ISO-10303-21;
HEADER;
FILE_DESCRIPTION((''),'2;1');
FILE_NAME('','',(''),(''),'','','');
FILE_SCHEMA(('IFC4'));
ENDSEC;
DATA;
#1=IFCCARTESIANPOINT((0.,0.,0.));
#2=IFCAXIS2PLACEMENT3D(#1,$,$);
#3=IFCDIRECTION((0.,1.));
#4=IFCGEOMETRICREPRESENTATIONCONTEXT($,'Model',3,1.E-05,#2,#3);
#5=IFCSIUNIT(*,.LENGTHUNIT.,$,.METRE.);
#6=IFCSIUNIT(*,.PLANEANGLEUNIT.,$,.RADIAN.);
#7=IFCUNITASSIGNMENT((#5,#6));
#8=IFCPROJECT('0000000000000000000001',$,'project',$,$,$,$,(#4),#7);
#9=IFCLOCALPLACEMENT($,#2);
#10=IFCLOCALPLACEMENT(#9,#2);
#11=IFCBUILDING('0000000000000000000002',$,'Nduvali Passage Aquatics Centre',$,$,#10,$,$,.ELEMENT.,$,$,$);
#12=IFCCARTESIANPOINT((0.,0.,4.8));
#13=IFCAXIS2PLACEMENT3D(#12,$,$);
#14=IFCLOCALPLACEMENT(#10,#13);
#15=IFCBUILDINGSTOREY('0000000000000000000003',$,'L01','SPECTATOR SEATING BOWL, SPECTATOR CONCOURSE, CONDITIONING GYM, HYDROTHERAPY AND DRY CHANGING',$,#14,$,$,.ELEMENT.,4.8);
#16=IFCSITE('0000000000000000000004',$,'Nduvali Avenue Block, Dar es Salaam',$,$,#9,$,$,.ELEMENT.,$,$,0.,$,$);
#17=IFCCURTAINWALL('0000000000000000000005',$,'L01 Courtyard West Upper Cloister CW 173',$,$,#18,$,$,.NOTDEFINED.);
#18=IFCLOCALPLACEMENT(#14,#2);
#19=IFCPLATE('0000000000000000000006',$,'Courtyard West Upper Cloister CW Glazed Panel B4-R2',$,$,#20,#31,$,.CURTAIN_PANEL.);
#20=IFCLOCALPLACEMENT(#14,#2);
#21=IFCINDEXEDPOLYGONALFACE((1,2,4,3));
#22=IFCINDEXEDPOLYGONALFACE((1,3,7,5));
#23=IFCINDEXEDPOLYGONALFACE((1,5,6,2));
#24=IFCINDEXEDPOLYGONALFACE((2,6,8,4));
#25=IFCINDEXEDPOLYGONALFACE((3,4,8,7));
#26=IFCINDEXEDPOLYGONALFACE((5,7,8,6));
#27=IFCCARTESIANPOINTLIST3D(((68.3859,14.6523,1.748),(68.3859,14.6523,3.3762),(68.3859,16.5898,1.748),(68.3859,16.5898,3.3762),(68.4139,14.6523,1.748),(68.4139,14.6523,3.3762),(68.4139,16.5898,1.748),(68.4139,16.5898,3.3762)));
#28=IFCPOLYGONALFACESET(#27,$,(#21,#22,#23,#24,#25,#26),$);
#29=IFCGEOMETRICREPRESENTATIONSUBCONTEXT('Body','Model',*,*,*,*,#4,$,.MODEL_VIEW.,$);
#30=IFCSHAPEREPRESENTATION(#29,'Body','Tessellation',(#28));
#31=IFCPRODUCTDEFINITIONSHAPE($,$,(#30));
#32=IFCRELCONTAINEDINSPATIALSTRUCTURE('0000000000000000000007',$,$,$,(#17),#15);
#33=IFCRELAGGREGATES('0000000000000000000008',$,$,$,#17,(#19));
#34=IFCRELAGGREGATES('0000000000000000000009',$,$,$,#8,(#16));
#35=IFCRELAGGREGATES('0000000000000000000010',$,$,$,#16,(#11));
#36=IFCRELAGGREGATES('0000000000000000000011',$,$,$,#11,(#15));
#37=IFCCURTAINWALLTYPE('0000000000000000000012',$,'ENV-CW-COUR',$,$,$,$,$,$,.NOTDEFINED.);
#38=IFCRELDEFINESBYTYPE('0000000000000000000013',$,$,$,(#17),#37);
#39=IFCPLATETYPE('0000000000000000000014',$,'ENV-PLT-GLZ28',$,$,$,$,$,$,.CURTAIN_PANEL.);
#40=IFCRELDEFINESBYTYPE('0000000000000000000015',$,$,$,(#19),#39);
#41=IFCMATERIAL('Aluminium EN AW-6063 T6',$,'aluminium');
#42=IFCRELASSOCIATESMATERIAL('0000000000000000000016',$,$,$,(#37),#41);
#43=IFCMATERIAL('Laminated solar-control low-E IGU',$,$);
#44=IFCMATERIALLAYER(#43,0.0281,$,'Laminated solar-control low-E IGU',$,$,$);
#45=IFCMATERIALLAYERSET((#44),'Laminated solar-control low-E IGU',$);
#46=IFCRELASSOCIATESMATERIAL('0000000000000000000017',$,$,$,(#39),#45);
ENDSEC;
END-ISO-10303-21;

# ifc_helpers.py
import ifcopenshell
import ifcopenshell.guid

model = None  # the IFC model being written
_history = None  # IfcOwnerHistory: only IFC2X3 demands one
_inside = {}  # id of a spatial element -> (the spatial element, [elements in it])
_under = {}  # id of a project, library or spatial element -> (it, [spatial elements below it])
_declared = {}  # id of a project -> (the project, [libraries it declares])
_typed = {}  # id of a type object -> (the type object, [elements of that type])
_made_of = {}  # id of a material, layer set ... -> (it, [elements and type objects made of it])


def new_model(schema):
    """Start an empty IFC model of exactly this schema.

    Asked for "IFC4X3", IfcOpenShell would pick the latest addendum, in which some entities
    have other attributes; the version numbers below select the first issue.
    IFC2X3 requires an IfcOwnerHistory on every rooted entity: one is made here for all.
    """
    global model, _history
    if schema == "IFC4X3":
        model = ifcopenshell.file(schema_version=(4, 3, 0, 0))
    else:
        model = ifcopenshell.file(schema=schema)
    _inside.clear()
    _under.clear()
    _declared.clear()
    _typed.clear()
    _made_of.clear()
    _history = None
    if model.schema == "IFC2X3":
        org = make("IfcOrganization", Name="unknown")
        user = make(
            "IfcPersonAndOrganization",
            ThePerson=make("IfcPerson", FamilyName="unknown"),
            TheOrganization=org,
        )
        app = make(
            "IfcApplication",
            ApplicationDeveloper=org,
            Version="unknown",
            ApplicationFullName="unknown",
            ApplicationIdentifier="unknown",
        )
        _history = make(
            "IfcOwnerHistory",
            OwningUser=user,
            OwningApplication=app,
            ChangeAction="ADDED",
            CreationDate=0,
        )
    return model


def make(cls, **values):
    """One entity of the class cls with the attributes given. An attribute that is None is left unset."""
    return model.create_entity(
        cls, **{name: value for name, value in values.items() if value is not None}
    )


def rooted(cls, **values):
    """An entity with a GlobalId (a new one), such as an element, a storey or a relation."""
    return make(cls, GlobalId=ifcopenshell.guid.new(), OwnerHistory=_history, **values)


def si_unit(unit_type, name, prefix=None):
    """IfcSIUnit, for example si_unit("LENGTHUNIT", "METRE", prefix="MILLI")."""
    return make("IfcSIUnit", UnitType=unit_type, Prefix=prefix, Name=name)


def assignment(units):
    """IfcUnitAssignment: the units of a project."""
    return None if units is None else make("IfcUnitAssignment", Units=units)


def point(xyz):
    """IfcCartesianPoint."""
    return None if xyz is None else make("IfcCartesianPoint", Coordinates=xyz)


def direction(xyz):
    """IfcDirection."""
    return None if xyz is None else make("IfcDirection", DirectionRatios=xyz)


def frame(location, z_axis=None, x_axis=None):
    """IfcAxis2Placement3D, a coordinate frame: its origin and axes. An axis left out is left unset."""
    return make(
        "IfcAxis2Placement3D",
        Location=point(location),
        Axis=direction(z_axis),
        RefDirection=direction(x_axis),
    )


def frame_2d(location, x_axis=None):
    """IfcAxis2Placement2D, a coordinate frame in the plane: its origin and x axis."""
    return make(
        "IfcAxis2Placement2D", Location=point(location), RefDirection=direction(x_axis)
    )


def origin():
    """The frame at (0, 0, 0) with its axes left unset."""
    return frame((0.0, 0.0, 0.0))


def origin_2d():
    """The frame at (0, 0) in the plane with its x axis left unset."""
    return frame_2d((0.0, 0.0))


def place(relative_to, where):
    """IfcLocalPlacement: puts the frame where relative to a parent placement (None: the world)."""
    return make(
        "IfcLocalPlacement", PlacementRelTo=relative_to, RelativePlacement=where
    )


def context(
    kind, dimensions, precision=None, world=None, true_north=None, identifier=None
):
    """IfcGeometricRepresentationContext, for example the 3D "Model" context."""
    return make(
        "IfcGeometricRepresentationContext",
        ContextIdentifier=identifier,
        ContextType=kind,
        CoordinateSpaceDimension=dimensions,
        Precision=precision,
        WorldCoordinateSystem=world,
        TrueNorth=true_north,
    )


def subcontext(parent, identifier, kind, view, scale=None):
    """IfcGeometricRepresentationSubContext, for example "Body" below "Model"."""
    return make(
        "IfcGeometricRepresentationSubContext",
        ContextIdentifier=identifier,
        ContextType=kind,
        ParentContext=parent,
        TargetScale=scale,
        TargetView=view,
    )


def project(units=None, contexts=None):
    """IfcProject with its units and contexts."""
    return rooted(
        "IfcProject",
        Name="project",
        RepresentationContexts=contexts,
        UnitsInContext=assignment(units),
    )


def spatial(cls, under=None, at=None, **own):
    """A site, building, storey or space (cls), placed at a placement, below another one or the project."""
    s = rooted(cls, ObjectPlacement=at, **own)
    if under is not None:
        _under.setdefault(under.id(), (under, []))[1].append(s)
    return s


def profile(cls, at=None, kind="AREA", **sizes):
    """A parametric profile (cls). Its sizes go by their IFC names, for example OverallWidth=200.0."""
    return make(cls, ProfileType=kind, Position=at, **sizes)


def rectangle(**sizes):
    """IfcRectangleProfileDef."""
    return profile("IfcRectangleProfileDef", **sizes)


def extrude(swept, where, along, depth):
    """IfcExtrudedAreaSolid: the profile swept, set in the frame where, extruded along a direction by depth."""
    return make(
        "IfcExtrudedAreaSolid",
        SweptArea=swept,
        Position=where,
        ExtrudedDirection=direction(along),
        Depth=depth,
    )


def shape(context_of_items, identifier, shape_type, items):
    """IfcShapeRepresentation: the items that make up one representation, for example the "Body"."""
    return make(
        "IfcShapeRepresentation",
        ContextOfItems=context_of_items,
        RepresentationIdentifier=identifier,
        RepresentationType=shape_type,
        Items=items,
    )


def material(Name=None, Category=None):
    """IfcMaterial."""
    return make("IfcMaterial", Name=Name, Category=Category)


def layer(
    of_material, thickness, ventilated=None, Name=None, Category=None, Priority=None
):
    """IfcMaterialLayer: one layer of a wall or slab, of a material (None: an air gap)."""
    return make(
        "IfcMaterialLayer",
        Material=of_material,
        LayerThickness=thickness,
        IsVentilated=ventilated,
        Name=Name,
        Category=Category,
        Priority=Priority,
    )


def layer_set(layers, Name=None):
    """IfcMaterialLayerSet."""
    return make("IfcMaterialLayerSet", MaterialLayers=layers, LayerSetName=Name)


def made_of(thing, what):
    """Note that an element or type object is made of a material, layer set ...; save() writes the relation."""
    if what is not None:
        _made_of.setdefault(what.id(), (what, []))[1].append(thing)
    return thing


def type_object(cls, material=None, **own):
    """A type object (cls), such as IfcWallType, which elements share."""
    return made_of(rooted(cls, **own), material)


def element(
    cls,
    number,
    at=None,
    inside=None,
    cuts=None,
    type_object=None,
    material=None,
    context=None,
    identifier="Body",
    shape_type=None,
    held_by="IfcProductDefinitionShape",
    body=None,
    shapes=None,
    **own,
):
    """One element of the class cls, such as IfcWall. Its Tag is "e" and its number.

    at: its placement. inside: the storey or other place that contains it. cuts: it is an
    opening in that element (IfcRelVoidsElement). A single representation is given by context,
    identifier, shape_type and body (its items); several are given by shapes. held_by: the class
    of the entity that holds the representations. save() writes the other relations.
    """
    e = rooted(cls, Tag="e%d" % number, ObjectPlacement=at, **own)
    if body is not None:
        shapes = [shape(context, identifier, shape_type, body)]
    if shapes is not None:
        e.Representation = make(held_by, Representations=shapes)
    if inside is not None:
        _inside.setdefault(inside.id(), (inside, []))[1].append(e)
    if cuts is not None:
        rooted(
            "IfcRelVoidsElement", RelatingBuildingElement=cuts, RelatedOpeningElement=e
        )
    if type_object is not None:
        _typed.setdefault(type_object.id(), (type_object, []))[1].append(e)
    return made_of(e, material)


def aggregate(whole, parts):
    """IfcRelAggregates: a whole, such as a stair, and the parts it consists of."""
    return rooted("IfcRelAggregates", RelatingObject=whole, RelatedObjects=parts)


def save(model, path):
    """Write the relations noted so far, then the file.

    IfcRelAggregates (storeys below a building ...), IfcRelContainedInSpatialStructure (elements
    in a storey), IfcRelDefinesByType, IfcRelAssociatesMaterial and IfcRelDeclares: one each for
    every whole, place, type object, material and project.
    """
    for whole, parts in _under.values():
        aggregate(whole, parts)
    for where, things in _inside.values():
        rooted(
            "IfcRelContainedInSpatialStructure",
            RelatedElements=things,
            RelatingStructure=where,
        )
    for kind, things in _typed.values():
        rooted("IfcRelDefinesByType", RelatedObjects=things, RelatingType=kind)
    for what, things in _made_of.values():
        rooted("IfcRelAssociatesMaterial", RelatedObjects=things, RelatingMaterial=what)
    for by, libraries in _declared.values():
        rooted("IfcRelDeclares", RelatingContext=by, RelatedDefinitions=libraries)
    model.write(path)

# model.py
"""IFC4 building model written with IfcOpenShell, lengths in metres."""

from ifc_helpers import new_model, si_unit, direction, frame, origin, origin_2d, place, context, subcontext, project, spatial, rectangle, extrude, material, layer, layer_set, type_object, element, aggregate, save


model = new_model("IFC4")

# Units and contexts
model_context = context("Model", 3, precision=1e-05, world=origin(), true_north=direction((0.0, 1.0)))
body_context = subcontext(model_context, "Body", "Model", "MODEL_VIEW")
ifc_project = project(units=[si_unit("LENGTHUNIT", "METRE"), si_unit("PLANEANGLEUNIT", "RADIAN")], contexts=[model_context])

# Site, building, storey
site_placement = place(None, origin())
site = spatial("IfcSite", under=ifc_project, at=site_placement, Name="Nduvali Avenue Block, Dar es Salaam", CompositionType="ELEMENT", RefElevation=0.0)
building_placement = place(site_placement, origin())
building = spatial("IfcBuilding", under=site, at=building_placement, Name="Nduvali Passage Aquatics Centre", CompositionType="ELEMENT")
storey_placement = place(building_placement, frame((0.0, 0.0, 4.8)))
storey = spatial("IfcBuildingStorey", under=building, at=storey_placement, Name="L01", Description="SPECTATOR SEATING BOWL, SPECTATOR CONCOURSE, CONDITIONING GYM, HYDROTHERAPY AND DRY CHANGING", CompositionType="ELEMENT", Elevation=4.8)

# Shared definitions
ifc_material_1 = material(Name="Aluminium EN AW-6063 T6", Category="aluminium")
curtain_wall_type = type_object("IfcCurtainWallType", Name="ENV-CW-COUR", PredefinedType="NOTDEFINED", material=ifc_material_1)

# Curtain wall
curtain_wall_1_placement = place(storey_placement, origin())
curtain_wall_1 = element("IfcCurtainWall", 1, at=curtain_wall_1_placement, inside=storey, type_object=curtain_wall_type, Name="L01 Courtyard West Upper Cloister CW 173", PredefinedType="NOTDEFINED")

# Plate
ifc_material_2 = material(Name="Laminated solar-control low-E IGU")
ifc_layer = layer(ifc_material_2, 0.0281, Name="Laminated solar-control low-E IGU")
ifc_layer_set = layer_set([ifc_layer], Name="Laminated solar-control low-E IGU")
plate_type = type_object("IfcPlateType", Name="ENV-PLT-GLZ28", PredefinedType="CURTAIN_PANEL", material=ifc_layer_set)
plate_1_placement = place(storey_placement, frame((68.3999, 15.6211, 1.748), z_axis=(0.0, 0.0, 1.0), x_axis=(0.0, 1.0, 0.0)))
plate_1 = element("IfcPlate", 2, at=plate_1_placement, type_object=plate_type, Name="Courtyard West Upper Cloister CW Glazed Panel B4-R2", PredefinedType="CURTAIN_PANEL", context=body_context, shape_type="SweptSolid", body=[
    extrude(rectangle(XDim=1.9375, YDim=0.0281, at=origin_2d()), origin(), (0.0, 0.0, 1.0), 1.6282),
])
aggregate(curtain_wall_1, [plate_1])

save(model, "model.ifc")
